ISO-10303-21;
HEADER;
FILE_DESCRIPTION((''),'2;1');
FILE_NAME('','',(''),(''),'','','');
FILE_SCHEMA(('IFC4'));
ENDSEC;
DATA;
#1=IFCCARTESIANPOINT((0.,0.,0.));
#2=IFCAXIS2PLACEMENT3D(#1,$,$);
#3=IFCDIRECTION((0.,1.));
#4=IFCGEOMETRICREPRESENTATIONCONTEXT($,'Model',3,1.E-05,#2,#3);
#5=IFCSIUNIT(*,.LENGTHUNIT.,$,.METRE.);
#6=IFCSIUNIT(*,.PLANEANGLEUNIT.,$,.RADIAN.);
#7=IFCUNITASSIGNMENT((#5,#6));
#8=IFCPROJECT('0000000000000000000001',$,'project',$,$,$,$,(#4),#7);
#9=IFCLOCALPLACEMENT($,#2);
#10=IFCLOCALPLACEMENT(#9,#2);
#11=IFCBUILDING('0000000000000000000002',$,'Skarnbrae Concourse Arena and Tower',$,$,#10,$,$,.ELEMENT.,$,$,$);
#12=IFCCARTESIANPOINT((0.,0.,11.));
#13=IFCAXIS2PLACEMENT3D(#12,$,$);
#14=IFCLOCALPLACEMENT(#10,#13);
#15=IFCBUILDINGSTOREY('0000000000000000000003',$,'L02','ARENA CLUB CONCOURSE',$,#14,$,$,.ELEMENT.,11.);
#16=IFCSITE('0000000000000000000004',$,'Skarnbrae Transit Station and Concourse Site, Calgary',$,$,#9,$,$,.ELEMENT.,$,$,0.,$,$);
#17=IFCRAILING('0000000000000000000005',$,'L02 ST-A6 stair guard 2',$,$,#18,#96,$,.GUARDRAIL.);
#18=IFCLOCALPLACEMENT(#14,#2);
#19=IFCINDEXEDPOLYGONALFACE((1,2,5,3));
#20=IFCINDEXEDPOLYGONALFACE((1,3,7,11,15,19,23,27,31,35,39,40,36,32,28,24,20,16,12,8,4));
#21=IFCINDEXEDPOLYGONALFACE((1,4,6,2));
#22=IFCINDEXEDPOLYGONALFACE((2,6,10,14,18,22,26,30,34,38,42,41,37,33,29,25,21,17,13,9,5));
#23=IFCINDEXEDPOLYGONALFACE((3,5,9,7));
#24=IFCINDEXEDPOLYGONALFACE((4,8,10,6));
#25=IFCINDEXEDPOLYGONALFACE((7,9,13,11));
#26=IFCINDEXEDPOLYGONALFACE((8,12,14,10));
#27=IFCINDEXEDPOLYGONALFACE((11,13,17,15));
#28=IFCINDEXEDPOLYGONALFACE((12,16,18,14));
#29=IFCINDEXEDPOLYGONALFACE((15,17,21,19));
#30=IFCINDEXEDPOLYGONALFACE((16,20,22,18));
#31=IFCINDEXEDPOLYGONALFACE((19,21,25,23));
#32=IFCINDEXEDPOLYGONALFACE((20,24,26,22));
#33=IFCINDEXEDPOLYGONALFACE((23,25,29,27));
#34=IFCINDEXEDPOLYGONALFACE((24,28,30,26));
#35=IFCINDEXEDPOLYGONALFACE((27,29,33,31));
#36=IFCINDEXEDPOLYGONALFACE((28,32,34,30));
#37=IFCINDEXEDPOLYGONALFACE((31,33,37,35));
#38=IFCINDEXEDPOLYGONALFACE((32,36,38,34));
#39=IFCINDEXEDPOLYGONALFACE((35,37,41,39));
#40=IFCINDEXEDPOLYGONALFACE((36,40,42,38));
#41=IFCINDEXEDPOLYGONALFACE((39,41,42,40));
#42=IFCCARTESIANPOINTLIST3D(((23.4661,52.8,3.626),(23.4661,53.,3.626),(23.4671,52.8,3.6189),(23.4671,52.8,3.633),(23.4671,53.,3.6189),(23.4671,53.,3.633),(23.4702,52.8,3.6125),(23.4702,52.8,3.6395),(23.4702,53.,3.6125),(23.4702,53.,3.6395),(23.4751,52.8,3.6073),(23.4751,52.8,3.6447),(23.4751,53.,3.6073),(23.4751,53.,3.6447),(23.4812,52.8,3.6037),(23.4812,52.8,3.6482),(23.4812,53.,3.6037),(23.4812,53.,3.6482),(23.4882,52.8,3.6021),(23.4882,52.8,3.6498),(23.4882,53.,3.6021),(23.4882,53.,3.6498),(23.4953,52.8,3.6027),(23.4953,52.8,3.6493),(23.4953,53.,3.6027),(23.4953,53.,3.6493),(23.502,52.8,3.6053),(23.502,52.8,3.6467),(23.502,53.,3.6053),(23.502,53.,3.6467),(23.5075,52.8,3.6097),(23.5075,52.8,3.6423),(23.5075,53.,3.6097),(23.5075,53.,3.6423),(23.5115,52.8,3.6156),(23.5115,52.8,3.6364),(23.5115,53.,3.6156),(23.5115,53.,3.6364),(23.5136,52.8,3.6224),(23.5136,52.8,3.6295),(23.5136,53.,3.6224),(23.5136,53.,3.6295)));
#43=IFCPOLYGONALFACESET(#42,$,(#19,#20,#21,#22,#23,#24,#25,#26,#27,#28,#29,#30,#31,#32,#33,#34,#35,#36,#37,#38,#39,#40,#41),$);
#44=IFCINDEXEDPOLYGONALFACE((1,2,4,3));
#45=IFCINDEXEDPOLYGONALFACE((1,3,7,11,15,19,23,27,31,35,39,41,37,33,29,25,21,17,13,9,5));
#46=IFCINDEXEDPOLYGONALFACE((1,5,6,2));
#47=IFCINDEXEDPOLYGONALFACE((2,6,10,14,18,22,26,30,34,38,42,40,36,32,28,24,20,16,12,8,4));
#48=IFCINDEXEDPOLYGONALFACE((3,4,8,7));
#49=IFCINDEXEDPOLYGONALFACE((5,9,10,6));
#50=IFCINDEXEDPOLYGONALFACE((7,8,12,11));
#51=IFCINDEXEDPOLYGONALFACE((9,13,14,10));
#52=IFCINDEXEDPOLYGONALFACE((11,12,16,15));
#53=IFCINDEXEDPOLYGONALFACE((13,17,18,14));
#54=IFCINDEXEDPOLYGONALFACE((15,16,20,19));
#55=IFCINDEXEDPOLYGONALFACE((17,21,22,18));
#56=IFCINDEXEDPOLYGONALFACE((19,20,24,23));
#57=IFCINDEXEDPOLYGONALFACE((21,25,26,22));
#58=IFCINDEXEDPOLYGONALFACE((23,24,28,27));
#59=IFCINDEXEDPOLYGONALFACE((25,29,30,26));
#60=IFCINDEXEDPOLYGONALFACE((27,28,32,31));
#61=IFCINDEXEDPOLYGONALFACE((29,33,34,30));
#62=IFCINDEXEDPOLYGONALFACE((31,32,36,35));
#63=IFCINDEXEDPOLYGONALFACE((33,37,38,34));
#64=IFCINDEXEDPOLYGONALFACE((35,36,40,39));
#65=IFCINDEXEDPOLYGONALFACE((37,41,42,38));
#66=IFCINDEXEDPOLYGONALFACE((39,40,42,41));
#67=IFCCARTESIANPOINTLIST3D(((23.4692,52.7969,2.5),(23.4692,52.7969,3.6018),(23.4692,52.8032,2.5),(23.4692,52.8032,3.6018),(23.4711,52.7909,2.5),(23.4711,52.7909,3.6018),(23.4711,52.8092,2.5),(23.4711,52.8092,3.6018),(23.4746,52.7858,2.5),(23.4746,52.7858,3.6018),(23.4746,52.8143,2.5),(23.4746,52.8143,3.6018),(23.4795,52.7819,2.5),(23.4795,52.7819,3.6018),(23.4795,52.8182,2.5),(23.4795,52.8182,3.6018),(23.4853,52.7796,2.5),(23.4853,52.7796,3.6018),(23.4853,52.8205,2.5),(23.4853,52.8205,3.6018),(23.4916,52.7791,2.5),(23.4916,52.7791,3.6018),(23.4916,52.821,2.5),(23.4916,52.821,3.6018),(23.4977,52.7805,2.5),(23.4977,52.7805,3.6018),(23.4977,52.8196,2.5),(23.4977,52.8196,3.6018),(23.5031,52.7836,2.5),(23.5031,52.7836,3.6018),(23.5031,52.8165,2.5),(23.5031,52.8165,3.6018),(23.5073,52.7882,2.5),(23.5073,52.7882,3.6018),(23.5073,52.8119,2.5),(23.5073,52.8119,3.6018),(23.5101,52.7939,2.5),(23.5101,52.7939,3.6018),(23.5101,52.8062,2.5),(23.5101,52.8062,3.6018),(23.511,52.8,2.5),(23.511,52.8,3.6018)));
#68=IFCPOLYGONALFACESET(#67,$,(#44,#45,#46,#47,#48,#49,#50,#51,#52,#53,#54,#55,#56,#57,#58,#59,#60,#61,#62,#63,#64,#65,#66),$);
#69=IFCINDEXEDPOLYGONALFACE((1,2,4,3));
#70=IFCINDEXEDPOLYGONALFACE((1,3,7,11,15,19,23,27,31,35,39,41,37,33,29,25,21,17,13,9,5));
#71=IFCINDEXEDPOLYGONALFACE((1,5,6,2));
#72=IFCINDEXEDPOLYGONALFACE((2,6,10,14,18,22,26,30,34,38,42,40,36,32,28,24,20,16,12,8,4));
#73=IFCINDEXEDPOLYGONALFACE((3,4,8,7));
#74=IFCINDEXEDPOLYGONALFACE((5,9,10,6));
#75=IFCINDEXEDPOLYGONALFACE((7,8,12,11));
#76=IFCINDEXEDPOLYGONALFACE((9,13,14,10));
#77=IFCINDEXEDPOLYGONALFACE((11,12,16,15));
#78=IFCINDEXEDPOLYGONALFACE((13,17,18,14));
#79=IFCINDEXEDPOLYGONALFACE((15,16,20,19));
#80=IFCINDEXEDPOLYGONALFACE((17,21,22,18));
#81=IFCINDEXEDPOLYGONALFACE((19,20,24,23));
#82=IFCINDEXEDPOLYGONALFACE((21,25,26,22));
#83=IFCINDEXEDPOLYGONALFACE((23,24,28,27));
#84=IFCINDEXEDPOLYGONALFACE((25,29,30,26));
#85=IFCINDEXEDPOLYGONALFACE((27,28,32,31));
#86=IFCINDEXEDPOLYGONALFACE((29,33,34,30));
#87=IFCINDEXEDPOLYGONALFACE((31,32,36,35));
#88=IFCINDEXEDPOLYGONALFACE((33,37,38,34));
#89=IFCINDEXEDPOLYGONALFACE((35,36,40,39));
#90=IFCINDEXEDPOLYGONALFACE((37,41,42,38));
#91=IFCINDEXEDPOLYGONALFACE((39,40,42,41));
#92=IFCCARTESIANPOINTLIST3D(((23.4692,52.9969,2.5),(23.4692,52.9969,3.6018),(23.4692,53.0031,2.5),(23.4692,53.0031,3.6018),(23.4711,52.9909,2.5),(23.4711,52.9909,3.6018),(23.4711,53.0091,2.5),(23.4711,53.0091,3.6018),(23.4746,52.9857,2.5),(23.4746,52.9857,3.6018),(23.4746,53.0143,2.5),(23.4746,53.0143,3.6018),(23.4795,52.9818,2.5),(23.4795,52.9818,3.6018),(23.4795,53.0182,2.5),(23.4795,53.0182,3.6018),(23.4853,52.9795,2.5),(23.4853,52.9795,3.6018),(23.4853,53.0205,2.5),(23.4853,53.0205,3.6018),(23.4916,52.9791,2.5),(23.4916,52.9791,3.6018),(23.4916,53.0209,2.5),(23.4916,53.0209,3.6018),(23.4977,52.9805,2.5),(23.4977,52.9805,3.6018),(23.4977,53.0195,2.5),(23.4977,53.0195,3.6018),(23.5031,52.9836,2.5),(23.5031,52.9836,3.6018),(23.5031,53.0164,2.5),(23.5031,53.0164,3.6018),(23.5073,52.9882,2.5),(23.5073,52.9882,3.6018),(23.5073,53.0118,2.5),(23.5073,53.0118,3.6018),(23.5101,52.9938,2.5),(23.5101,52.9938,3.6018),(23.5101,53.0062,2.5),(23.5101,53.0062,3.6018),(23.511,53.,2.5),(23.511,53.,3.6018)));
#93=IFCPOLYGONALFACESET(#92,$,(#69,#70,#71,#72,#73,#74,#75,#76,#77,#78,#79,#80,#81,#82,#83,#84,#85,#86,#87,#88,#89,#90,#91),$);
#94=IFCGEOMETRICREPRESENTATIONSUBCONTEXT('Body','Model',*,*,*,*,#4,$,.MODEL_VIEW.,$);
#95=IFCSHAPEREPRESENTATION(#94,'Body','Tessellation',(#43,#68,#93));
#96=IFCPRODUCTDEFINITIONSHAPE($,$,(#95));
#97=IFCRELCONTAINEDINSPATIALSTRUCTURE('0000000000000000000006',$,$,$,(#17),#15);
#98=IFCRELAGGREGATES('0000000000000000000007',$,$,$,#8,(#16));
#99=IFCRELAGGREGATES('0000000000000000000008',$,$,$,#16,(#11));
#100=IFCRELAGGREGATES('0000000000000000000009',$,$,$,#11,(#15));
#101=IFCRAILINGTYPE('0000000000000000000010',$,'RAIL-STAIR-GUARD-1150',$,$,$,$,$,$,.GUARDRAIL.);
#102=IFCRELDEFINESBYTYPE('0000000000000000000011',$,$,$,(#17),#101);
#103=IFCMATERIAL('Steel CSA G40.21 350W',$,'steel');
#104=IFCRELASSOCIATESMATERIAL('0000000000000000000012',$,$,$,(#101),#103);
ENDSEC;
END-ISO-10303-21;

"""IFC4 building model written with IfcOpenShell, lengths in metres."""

from ifc_helpers import new_model, si_unit, direction, frame, origin, origin_2d, place, context, subcontext, project, spatial, circle, extrude, material, type_object, element, save


model = new_model("IFC4")

# Units and contexts
model_context = context("Model", 3, precision=1e-05, world=origin(), true_north=direction((0.0, 1.0)))
body_context = subcontext(model_context, "Body", "Model", "MODEL_VIEW")
ifc_project = project(units=[si_unit("LENGTHUNIT", "METRE"), si_unit("PLANEANGLEUNIT", "RADIAN")], contexts=[model_context])

# Site, building, storey
site_placement = place(None, origin())
site = spatial("IfcSite", under=ifc_project, at=site_placement, Name="Skarnbrae Transit Station and Concourse Site, Calgary", CompositionType="ELEMENT", RefElevation=0.0)
building_placement = place(site_placement, origin())
building = spatial("IfcBuilding", under=site, at=building_placement, Name="Skarnbrae Concourse Arena and Tower", CompositionType="ELEMENT")
storey_placement = place(building_placement, frame((0.0, 0.0, 11.0)))
storey = spatial("IfcBuildingStorey", under=building, at=storey_placement, Name="L02", Description="ARENA CLUB CONCOURSE", CompositionType="ELEMENT", Elevation=11.0)

# Shared definitions
ifc_material_1 = material(Name="Steel CSA G40.21 350W", Category="steel")

# Railing
railing_type_1 = type_object("IfcRailingType", Name="RAIL-STAIR-GUARD-1150", PredefinedType="GUARDRAIL", material=ifc_material_1)
railing_1_placement = place(storey_placement, frame((23.49, 52.8, 2.5)))
element("IfcRailing", 1, at=railing_1_placement, inside=storey, type_object=railing_type_1, Name="L02 ST-A6 stair guard 2", PredefinedType="GUARDRAIL", context=body_context, shape_type="SweptSolid", body=[
    extrude(circle(Radius=0.0239, at=origin_2d()), frame((0.0, 0.0, 1.126), z_axis=(0.0, 1.0, 0.0), x_axis=(-1.0, 0.0, 0.0)), (0.0, 0.0, 1.0), 0.2),
    extrude(circle(Radius=0.021, at=origin_2d()), origin(), (0.0, 0.0, 1.0), 1.1018),
    extrude(circle(Radius=0.021, at=origin_2d()), frame((0.0, 0.2, 0.0)), (0.0, 0.0, 1.0), 1.1018),
])

save(model, "model.ifc")
